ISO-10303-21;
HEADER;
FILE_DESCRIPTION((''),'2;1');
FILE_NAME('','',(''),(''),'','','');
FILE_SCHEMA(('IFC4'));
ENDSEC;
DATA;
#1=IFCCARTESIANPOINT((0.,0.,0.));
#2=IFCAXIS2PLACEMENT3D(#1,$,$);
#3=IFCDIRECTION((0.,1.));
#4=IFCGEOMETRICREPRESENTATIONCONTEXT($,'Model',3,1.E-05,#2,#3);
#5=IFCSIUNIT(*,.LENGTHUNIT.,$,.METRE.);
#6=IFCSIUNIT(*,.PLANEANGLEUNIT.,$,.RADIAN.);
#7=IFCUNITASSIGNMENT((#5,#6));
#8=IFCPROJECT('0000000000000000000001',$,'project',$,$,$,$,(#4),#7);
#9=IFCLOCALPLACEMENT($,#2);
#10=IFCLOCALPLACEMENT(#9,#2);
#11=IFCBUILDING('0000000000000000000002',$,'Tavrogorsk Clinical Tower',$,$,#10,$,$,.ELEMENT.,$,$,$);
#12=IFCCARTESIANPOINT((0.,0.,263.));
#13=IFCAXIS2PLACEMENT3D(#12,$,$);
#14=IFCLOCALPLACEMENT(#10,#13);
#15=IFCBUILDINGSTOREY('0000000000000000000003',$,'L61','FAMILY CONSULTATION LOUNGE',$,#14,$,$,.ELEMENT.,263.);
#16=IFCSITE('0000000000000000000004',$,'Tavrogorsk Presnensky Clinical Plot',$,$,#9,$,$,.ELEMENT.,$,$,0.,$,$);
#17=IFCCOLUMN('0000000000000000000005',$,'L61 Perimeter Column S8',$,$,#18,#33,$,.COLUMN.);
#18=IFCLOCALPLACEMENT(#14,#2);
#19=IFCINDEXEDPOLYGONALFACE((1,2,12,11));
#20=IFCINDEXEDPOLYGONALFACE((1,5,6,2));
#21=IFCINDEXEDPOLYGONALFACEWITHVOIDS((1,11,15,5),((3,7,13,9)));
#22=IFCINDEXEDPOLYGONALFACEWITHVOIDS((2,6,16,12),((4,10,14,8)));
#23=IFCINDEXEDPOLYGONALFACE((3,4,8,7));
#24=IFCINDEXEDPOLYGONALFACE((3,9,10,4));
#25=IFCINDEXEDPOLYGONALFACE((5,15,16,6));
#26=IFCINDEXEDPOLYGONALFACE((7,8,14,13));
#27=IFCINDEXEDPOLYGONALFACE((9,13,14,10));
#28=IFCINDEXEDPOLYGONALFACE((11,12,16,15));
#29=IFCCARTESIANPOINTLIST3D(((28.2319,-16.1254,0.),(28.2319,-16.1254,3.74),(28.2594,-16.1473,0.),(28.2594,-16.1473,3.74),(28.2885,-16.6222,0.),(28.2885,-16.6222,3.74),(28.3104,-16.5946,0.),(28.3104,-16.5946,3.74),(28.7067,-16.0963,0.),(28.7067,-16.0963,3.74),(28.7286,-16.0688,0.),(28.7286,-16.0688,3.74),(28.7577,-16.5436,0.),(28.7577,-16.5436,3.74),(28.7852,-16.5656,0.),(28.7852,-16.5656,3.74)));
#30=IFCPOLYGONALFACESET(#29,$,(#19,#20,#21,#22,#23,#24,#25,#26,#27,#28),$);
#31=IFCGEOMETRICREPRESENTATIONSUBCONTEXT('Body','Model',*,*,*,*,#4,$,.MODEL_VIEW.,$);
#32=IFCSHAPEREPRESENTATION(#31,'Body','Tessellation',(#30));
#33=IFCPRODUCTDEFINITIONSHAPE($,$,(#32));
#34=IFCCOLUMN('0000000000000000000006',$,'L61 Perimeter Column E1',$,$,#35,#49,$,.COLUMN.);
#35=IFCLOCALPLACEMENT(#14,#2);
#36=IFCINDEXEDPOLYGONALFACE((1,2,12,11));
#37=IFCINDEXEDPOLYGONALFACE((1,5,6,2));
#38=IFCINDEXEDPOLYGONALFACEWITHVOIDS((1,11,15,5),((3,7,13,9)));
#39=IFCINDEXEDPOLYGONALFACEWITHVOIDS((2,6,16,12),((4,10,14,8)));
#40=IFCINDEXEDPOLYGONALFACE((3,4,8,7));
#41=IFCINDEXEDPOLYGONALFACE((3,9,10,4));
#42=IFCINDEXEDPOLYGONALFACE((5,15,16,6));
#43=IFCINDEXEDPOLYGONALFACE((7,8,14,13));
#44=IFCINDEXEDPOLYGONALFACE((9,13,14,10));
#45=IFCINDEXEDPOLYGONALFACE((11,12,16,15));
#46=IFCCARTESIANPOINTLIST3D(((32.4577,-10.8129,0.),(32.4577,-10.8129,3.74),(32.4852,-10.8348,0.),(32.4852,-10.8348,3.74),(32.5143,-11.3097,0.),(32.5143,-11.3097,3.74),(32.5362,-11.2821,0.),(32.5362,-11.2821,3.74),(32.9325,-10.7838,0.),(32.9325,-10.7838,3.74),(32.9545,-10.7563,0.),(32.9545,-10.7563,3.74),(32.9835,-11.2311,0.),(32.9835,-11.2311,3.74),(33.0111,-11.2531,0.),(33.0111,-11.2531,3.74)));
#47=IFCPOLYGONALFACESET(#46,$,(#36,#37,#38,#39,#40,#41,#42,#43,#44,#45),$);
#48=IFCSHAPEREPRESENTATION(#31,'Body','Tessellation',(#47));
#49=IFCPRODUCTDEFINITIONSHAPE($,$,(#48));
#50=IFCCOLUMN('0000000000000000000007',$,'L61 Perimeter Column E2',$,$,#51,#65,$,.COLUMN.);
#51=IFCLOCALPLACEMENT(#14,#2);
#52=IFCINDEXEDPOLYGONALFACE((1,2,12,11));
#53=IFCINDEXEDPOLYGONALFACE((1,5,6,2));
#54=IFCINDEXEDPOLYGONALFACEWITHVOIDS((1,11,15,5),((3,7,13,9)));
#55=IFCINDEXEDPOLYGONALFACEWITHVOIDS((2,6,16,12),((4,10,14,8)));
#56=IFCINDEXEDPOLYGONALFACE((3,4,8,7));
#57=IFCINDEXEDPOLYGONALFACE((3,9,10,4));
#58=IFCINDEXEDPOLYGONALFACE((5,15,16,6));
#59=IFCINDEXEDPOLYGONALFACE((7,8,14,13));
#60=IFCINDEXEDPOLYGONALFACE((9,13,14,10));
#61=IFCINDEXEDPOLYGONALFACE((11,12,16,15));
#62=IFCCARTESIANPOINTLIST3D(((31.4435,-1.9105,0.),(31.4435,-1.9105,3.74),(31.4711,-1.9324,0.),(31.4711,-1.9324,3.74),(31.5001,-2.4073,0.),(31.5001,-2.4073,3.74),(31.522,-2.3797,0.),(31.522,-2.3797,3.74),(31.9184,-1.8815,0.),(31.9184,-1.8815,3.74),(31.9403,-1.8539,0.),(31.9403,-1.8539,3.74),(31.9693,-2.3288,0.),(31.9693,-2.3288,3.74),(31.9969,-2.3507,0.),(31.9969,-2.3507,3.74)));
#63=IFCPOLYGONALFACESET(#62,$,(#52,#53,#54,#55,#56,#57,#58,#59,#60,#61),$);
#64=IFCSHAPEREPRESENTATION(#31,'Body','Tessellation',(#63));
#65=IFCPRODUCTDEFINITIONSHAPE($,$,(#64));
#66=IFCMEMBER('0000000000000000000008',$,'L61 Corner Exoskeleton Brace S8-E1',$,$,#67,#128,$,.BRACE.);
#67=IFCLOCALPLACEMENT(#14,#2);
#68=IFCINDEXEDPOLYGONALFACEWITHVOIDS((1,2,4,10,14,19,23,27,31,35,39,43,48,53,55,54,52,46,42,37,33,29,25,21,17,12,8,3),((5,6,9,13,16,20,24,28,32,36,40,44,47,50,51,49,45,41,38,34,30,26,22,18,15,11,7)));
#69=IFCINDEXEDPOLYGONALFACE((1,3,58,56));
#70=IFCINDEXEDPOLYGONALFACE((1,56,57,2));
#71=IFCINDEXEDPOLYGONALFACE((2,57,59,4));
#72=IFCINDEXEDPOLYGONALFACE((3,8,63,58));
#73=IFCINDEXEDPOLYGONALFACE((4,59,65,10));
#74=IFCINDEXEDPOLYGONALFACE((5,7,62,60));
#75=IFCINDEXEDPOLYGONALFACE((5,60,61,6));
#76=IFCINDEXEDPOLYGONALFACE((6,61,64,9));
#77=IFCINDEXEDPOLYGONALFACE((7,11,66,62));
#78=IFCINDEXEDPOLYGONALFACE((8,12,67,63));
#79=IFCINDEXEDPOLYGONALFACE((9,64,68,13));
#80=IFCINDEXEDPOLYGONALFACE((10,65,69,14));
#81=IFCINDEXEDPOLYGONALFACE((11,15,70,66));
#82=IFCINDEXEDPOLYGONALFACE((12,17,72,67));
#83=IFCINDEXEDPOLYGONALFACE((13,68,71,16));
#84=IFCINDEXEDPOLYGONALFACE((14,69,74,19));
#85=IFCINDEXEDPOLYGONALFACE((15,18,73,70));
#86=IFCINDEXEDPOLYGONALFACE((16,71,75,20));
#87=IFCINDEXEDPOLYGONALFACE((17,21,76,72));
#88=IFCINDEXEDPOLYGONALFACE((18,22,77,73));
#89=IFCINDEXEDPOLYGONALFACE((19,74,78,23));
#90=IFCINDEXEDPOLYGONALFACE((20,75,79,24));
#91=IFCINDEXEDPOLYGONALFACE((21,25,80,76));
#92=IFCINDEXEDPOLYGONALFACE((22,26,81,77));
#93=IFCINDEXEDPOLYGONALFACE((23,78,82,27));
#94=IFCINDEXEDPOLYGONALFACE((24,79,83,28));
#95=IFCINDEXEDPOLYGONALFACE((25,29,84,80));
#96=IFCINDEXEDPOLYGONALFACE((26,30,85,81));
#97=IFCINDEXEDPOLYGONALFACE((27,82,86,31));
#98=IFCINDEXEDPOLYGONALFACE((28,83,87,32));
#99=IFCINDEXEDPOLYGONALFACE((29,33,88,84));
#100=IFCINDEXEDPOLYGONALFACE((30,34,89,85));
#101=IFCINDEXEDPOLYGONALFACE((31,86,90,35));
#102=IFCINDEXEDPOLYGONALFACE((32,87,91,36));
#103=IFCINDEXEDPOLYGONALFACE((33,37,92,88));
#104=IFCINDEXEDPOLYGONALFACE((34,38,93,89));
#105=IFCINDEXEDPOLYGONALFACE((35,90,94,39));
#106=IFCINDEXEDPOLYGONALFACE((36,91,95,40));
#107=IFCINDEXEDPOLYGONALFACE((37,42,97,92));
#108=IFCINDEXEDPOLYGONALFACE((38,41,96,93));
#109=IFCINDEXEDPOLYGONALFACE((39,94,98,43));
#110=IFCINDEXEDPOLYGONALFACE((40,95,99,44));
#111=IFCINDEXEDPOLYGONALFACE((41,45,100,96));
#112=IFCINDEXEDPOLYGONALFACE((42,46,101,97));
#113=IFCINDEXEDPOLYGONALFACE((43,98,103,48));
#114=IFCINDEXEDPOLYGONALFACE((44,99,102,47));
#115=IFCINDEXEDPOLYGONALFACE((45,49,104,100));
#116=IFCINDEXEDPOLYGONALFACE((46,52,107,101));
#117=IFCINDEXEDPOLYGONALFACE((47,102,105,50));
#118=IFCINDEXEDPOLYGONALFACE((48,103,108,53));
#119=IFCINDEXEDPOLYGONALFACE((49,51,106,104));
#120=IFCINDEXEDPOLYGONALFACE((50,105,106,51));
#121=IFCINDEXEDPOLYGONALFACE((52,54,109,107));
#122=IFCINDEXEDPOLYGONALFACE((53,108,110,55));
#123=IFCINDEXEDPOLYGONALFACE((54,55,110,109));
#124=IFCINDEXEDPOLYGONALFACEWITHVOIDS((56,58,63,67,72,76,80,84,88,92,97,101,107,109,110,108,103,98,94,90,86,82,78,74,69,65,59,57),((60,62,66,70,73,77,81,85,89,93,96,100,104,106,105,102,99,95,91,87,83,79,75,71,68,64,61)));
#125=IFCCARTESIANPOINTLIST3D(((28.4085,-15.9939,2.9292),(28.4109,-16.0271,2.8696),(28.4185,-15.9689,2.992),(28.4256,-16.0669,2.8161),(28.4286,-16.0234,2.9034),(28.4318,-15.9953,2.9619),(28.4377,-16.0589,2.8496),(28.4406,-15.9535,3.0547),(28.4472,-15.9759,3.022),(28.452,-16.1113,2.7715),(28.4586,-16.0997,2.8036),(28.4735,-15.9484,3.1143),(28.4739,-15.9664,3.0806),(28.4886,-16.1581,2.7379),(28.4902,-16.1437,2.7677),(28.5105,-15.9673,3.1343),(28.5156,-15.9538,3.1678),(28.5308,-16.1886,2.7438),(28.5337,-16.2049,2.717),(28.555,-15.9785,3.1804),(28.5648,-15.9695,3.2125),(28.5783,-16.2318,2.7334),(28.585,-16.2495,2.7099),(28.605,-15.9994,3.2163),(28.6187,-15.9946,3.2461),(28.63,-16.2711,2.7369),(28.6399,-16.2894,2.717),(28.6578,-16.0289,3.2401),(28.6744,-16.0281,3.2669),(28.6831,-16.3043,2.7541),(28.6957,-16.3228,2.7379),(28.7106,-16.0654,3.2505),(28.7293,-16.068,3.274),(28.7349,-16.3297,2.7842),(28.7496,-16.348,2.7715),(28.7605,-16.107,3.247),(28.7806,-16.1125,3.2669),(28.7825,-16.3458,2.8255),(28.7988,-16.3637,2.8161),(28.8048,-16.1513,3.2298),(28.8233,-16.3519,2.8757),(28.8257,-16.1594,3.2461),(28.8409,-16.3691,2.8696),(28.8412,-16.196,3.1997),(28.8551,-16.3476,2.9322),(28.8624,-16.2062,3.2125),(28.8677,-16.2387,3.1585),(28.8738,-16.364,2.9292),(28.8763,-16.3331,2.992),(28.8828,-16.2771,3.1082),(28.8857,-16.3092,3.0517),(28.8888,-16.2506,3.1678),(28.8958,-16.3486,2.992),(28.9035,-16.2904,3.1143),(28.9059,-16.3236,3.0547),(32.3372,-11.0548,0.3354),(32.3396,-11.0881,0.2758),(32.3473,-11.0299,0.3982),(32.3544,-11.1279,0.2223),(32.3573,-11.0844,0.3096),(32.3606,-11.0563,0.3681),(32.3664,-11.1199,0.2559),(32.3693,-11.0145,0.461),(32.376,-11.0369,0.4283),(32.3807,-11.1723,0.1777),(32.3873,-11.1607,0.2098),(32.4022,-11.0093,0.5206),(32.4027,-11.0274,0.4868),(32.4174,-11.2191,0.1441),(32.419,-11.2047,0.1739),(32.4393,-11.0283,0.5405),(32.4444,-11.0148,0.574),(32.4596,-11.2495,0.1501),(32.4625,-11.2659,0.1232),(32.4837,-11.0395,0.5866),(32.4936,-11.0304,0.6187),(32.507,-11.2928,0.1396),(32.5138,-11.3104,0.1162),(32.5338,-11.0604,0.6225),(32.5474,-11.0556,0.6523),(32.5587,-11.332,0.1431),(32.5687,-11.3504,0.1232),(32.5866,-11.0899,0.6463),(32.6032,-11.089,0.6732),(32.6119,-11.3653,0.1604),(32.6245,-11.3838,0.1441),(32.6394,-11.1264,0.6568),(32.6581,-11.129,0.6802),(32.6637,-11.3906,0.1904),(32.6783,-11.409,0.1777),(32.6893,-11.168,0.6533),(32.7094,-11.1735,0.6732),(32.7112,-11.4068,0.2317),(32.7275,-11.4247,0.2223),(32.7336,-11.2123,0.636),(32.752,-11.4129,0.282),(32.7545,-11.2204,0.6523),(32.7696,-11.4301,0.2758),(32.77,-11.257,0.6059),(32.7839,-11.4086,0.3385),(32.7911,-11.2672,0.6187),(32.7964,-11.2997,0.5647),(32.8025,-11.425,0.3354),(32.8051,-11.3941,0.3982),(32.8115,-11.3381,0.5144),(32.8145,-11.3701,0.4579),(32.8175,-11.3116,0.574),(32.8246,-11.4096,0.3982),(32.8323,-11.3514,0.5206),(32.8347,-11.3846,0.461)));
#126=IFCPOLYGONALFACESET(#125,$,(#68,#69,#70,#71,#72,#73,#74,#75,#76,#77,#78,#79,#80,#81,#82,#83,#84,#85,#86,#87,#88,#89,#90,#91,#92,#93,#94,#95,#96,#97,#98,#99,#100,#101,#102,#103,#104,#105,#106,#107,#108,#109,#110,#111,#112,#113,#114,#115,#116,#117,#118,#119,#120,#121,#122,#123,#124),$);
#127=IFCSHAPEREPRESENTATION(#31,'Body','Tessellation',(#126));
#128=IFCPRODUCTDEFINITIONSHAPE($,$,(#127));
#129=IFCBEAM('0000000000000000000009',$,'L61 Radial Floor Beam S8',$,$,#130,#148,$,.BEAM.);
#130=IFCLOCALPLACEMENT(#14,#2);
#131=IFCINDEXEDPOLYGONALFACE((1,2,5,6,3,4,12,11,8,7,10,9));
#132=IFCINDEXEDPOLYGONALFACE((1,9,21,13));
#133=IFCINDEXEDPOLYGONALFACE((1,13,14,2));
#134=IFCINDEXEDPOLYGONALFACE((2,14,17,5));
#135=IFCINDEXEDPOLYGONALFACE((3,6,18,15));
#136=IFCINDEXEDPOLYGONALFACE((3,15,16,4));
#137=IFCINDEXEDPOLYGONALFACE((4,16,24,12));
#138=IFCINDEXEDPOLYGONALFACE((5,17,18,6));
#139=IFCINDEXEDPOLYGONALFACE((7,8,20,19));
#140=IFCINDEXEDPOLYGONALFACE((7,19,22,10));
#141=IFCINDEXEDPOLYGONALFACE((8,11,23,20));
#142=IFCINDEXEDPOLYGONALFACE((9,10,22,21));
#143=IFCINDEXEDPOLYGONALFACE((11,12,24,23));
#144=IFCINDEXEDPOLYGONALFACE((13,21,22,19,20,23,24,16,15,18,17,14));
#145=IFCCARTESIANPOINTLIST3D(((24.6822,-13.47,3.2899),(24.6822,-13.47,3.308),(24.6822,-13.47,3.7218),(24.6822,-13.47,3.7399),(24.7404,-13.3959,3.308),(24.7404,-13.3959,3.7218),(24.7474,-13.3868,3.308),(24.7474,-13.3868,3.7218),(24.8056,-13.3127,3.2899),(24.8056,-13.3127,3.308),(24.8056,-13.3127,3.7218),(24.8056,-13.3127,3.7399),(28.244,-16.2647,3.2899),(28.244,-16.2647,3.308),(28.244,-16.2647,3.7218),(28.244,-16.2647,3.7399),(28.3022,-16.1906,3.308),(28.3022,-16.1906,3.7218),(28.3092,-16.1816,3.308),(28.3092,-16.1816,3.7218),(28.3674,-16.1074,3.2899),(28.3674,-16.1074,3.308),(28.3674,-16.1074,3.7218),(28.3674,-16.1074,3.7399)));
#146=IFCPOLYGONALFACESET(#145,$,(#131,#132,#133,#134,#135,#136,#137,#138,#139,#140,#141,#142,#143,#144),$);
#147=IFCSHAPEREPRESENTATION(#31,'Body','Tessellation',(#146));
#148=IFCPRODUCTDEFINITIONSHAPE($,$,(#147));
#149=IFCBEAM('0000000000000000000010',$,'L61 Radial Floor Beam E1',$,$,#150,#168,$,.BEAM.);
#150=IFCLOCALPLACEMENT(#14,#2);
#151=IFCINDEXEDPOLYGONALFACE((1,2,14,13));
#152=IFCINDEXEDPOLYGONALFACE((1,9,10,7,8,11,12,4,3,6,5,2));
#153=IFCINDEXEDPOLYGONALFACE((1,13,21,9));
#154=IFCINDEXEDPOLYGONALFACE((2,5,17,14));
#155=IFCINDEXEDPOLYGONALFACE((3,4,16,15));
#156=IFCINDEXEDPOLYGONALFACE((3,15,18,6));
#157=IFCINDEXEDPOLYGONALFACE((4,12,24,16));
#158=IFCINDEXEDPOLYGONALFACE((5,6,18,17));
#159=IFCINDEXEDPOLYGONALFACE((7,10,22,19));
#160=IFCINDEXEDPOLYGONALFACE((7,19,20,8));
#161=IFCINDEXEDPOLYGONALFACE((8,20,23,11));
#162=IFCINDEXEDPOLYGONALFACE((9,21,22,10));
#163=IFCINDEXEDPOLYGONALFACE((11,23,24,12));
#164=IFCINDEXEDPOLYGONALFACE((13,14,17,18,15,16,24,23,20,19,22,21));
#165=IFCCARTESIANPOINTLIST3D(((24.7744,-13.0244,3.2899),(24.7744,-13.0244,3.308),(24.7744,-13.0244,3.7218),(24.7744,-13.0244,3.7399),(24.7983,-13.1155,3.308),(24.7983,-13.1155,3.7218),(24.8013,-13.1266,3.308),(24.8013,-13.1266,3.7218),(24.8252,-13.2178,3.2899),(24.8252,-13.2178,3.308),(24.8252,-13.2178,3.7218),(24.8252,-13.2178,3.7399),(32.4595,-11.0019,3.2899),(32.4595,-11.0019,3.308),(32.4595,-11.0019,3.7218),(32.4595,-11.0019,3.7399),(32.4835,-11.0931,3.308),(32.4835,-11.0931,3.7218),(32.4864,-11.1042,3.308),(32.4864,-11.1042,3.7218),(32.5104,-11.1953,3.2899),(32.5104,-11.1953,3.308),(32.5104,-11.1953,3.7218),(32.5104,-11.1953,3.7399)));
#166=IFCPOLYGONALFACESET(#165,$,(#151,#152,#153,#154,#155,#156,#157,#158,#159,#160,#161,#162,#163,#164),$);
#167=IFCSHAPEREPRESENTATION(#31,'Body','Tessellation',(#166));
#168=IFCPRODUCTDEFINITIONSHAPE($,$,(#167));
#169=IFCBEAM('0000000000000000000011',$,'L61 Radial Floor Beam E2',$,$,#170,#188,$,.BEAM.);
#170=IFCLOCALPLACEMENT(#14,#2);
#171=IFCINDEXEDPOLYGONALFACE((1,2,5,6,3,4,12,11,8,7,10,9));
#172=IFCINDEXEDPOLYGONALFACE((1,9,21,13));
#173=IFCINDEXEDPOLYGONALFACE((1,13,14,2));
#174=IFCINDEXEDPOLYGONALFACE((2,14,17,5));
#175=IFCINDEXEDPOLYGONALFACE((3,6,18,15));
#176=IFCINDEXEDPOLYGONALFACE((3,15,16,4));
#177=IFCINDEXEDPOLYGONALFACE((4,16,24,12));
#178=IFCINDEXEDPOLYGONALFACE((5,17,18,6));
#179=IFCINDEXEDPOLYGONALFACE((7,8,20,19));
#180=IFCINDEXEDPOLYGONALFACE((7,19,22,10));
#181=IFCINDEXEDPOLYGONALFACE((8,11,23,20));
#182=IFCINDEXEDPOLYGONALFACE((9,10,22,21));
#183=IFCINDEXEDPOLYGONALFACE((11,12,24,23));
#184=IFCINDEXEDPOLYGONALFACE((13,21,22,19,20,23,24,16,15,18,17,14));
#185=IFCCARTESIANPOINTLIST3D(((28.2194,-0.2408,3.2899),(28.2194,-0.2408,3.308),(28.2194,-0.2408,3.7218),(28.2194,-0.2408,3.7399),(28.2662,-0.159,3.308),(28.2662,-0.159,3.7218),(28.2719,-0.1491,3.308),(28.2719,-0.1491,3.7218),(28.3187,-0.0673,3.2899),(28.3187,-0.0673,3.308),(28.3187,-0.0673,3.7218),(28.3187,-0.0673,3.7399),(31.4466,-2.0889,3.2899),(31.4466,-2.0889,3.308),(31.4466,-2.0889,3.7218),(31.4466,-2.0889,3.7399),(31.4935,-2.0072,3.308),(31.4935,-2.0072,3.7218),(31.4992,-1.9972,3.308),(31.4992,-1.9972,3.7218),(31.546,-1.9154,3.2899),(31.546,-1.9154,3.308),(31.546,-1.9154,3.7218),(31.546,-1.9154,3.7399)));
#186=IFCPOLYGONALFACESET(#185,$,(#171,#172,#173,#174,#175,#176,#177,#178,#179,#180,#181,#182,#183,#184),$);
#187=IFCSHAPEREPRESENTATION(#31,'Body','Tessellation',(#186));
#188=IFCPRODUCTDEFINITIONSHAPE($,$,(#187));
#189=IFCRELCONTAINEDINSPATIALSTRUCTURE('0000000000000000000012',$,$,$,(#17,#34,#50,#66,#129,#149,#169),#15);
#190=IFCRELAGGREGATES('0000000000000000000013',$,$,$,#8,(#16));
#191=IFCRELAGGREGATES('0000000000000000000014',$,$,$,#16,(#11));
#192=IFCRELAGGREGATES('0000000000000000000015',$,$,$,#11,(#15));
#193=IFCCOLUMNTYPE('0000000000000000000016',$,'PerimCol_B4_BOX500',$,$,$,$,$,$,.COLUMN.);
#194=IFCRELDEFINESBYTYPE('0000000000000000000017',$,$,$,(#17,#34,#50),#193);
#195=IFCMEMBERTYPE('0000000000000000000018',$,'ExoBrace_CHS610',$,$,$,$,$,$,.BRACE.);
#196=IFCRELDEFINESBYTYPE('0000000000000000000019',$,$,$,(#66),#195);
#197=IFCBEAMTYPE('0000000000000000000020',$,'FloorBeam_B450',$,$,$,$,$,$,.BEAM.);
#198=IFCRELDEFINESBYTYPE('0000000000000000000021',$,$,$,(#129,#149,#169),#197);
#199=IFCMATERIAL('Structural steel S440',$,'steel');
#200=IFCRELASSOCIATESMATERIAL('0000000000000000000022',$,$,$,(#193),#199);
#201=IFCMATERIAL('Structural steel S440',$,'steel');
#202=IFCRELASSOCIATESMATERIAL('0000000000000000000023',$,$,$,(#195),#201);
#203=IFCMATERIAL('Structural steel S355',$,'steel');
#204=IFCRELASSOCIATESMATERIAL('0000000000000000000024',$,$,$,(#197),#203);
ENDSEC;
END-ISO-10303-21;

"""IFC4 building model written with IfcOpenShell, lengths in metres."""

from ifc_helpers import new_model, si_unit, direction, frame, origin, origin_2d, place, context, subcontext, project, spatial, hollow_rectangle, hollow_circle, i_section, extrude, material, material_profile, profile_set, type_object, element, save


model = new_model("IFC4")

# Units and contexts
model_context = context("Model", 3, precision=1e-05, world=origin(), true_north=direction((0.0, 1.0)))
body_context = subcontext(model_context, "Body", "Model", "MODEL_VIEW")
ifc_project = project(units=[si_unit("LENGTHUNIT", "METRE"), si_unit("PLANEANGLEUNIT", "RADIAN")], contexts=[model_context])

# Site, building, storey
site_placement = place(None, origin())
site = spatial("IfcSite", under=ifc_project, at=site_placement, Name="Tavrogorsk Presnensky Clinical Plot", CompositionType="ELEMENT", RefElevation=0.0)
building_placement = place(site_placement, origin())
building = spatial("IfcBuilding", under=site, at=building_placement, Name="Tavrogorsk Clinical Tower", CompositionType="ELEMENT")
storey_placement = place(building_placement, frame((0.0, 0.0, 263.0)))
storey = spatial("IfcBuildingStorey", under=building, at=storey_placement, Name="L61", Description="FAMILY CONSULTATION LOUNGE", CompositionType="ELEMENT", Elevation=263.0)

# Columns
ifc_material_1 = material(Name="Structural steel S440", Category="steel")
ifc_material_profile_1 = material_profile(ifc_material_1, hollow_rectangle(XDim=0.5, YDim=0.5, WallThickness=0.0249, at=origin_2d()), Name="BOX-500x500x25")
ifc_profile_set_1 = profile_set([ifc_material_profile_1], Name="Structural steel S440")
column_type = type_object("IfcColumnType", Name="PerimCol_B4_BOX500", PredefinedType="COLUMN", material=ifc_profile_set_1)
for number, where, z_axis, x_axis, name in (
    (1, (28.5085, -16.3455, 0.0), (0.0, 0.0, 1.0), (0.993572, 0.113203, 0.0), "L61 Perimeter Column S8"),
    (2, (32.7344, -11.033, 0.0), (0.0, 0.0, 1.0), (0.993572, 0.113203, 0.0), "L61 Perimeter Column E1"),
    (3, (31.7202, -2.1306, 0.0), (0.0, 0.0, 1.0), (0.993572, 0.113203, 0.0), "L61 Perimeter Column E2"),
):
    element("IfcColumn", number, at=place(storey_placement, frame(where, z_axis=z_axis, x_axis=x_axis)), inside=storey, type_object=column_type, Name=name, PredefinedType="COLUMN", context=body_context, shape_type="SweptSolid", body=[
        extrude(hollow_rectangle(XDim=0.5, YDim=0.5, WallThickness=0.0249, at=origin_2d()), origin(), (0.0, 0.0, 1.0), 3.74),
    ])

# Member
ifc_material_2 = material(Name="Structural steel S440", Category="steel")
ifc_material_profile_2 = material_profile(ifc_material_2, hollow_circle(Radius=0.3049, WallThickness=0.0249, at=origin_2d()), Name="CHS-610x25")
ifc_profile_set_2 = profile_set([ifc_material_profile_2], Name="Structural steel S440")
member_type_1 = type_object("IfcMemberType", Name="ExoBrace_CHS610", PredefinedType="BRACE", material=ifc_profile_set_2)
member_1_placement = place(storey_placement, frame((32.5859, -11.2197, 0.3982), z_axis=(-0.575789, -0.723852, 0.380138), x_axis=(0.782602, -0.622522, 0.0)))
element("IfcMember", 4, at=member_1_placement, inside=storey, type_object=member_type_1, Name="L61 Corner Exoskeleton Brace S8-E1", PredefinedType="BRACE", context=body_context, shape_type="SweptSolid", body=[
    extrude(hollow_circle(Radius=0.3049, WallThickness=0.0249, at=origin_2d()), origin(), (0.0, 0.0, 1.0), 6.8232),
])

# Beams
ifc_material_3 = material(Name="Structural steel S355", Category="steel")
ifc_material_profile_3 = material_profile(ifc_material_3, i_section(OverallWidth=0.2, OverallDepth=0.45, WebThickness=0.0115, FlangeThickness=0.0181, at=origin_2d()), Name="B-450x200x11.5x18")
ifc_profile_set_3 = profile_set([ifc_material_profile_3], Name="Structural steel S355")
beam_type_1 = type_object("IfcBeamType", Name="FloorBeam_B450", PredefinedType="BEAM", material=ifc_profile_set_3)
beam_1_placement = place(storey_placement, frame((24.7439, -13.3914, 3.5149), z_axis=(0.786732, -0.617295, 0.0), x_axis=(0.617295, 0.786732, 0.0)))
element("IfcBeam", 5, at=beam_1_placement, inside=storey, type_object=beam_type_1, Name="L61 Radial Floor Beam S8", PredefinedType="BEAM", context=body_context, shape_type="SweptSolid", body=[
    extrude(i_section(OverallWidth=0.2, OverallDepth=0.45, WebThickness=0.0115, FlangeThickness=0.0181, at=origin_2d()), origin(), (0.0, 0.0, 1.0), 4.5273),
])
beam_2_placement = place(storey_placement, frame((24.7998, -13.1211, 3.5149), z_axis=(0.967072, 0.254502, 0.0), x_axis=(-0.254502, 0.967072, 0.0)))
element("IfcBeam", 6, at=beam_2_placement, inside=storey, type_object=beam_type_1, Name="L61 Radial Floor Beam E1", PredefinedType="BEAM", context=body_context, shape_type="SweptSolid", body=[
    extrude(i_section(OverallWidth=0.2, OverallDepth=0.45, WebThickness=0.0115, FlangeThickness=0.0181, at=origin_2d()), origin(), (0.0, 0.0, 1.0), 7.9468),
])
beam_3_placement = place(storey_placement, frame((28.269, -0.1541, 3.5149), z_axis=(0.867782, -0.496945, 0.0), x_axis=(0.496945, 0.867782, 0.0)))
element("IfcBeam", 7, at=beam_3_placement, inside=storey, type_object=beam_type_1, Name="L61 Radial Floor Beam E2", PredefinedType="BEAM", context=body_context, shape_type="SweptSolid", body=[
    extrude(i_section(OverallWidth=0.2, OverallDepth=0.45, WebThickness=0.0115, FlangeThickness=0.0181, at=origin_2d()), origin(), (0.0, 0.0, 1.0), 3.719),
])

save(model, "model.ifc")
